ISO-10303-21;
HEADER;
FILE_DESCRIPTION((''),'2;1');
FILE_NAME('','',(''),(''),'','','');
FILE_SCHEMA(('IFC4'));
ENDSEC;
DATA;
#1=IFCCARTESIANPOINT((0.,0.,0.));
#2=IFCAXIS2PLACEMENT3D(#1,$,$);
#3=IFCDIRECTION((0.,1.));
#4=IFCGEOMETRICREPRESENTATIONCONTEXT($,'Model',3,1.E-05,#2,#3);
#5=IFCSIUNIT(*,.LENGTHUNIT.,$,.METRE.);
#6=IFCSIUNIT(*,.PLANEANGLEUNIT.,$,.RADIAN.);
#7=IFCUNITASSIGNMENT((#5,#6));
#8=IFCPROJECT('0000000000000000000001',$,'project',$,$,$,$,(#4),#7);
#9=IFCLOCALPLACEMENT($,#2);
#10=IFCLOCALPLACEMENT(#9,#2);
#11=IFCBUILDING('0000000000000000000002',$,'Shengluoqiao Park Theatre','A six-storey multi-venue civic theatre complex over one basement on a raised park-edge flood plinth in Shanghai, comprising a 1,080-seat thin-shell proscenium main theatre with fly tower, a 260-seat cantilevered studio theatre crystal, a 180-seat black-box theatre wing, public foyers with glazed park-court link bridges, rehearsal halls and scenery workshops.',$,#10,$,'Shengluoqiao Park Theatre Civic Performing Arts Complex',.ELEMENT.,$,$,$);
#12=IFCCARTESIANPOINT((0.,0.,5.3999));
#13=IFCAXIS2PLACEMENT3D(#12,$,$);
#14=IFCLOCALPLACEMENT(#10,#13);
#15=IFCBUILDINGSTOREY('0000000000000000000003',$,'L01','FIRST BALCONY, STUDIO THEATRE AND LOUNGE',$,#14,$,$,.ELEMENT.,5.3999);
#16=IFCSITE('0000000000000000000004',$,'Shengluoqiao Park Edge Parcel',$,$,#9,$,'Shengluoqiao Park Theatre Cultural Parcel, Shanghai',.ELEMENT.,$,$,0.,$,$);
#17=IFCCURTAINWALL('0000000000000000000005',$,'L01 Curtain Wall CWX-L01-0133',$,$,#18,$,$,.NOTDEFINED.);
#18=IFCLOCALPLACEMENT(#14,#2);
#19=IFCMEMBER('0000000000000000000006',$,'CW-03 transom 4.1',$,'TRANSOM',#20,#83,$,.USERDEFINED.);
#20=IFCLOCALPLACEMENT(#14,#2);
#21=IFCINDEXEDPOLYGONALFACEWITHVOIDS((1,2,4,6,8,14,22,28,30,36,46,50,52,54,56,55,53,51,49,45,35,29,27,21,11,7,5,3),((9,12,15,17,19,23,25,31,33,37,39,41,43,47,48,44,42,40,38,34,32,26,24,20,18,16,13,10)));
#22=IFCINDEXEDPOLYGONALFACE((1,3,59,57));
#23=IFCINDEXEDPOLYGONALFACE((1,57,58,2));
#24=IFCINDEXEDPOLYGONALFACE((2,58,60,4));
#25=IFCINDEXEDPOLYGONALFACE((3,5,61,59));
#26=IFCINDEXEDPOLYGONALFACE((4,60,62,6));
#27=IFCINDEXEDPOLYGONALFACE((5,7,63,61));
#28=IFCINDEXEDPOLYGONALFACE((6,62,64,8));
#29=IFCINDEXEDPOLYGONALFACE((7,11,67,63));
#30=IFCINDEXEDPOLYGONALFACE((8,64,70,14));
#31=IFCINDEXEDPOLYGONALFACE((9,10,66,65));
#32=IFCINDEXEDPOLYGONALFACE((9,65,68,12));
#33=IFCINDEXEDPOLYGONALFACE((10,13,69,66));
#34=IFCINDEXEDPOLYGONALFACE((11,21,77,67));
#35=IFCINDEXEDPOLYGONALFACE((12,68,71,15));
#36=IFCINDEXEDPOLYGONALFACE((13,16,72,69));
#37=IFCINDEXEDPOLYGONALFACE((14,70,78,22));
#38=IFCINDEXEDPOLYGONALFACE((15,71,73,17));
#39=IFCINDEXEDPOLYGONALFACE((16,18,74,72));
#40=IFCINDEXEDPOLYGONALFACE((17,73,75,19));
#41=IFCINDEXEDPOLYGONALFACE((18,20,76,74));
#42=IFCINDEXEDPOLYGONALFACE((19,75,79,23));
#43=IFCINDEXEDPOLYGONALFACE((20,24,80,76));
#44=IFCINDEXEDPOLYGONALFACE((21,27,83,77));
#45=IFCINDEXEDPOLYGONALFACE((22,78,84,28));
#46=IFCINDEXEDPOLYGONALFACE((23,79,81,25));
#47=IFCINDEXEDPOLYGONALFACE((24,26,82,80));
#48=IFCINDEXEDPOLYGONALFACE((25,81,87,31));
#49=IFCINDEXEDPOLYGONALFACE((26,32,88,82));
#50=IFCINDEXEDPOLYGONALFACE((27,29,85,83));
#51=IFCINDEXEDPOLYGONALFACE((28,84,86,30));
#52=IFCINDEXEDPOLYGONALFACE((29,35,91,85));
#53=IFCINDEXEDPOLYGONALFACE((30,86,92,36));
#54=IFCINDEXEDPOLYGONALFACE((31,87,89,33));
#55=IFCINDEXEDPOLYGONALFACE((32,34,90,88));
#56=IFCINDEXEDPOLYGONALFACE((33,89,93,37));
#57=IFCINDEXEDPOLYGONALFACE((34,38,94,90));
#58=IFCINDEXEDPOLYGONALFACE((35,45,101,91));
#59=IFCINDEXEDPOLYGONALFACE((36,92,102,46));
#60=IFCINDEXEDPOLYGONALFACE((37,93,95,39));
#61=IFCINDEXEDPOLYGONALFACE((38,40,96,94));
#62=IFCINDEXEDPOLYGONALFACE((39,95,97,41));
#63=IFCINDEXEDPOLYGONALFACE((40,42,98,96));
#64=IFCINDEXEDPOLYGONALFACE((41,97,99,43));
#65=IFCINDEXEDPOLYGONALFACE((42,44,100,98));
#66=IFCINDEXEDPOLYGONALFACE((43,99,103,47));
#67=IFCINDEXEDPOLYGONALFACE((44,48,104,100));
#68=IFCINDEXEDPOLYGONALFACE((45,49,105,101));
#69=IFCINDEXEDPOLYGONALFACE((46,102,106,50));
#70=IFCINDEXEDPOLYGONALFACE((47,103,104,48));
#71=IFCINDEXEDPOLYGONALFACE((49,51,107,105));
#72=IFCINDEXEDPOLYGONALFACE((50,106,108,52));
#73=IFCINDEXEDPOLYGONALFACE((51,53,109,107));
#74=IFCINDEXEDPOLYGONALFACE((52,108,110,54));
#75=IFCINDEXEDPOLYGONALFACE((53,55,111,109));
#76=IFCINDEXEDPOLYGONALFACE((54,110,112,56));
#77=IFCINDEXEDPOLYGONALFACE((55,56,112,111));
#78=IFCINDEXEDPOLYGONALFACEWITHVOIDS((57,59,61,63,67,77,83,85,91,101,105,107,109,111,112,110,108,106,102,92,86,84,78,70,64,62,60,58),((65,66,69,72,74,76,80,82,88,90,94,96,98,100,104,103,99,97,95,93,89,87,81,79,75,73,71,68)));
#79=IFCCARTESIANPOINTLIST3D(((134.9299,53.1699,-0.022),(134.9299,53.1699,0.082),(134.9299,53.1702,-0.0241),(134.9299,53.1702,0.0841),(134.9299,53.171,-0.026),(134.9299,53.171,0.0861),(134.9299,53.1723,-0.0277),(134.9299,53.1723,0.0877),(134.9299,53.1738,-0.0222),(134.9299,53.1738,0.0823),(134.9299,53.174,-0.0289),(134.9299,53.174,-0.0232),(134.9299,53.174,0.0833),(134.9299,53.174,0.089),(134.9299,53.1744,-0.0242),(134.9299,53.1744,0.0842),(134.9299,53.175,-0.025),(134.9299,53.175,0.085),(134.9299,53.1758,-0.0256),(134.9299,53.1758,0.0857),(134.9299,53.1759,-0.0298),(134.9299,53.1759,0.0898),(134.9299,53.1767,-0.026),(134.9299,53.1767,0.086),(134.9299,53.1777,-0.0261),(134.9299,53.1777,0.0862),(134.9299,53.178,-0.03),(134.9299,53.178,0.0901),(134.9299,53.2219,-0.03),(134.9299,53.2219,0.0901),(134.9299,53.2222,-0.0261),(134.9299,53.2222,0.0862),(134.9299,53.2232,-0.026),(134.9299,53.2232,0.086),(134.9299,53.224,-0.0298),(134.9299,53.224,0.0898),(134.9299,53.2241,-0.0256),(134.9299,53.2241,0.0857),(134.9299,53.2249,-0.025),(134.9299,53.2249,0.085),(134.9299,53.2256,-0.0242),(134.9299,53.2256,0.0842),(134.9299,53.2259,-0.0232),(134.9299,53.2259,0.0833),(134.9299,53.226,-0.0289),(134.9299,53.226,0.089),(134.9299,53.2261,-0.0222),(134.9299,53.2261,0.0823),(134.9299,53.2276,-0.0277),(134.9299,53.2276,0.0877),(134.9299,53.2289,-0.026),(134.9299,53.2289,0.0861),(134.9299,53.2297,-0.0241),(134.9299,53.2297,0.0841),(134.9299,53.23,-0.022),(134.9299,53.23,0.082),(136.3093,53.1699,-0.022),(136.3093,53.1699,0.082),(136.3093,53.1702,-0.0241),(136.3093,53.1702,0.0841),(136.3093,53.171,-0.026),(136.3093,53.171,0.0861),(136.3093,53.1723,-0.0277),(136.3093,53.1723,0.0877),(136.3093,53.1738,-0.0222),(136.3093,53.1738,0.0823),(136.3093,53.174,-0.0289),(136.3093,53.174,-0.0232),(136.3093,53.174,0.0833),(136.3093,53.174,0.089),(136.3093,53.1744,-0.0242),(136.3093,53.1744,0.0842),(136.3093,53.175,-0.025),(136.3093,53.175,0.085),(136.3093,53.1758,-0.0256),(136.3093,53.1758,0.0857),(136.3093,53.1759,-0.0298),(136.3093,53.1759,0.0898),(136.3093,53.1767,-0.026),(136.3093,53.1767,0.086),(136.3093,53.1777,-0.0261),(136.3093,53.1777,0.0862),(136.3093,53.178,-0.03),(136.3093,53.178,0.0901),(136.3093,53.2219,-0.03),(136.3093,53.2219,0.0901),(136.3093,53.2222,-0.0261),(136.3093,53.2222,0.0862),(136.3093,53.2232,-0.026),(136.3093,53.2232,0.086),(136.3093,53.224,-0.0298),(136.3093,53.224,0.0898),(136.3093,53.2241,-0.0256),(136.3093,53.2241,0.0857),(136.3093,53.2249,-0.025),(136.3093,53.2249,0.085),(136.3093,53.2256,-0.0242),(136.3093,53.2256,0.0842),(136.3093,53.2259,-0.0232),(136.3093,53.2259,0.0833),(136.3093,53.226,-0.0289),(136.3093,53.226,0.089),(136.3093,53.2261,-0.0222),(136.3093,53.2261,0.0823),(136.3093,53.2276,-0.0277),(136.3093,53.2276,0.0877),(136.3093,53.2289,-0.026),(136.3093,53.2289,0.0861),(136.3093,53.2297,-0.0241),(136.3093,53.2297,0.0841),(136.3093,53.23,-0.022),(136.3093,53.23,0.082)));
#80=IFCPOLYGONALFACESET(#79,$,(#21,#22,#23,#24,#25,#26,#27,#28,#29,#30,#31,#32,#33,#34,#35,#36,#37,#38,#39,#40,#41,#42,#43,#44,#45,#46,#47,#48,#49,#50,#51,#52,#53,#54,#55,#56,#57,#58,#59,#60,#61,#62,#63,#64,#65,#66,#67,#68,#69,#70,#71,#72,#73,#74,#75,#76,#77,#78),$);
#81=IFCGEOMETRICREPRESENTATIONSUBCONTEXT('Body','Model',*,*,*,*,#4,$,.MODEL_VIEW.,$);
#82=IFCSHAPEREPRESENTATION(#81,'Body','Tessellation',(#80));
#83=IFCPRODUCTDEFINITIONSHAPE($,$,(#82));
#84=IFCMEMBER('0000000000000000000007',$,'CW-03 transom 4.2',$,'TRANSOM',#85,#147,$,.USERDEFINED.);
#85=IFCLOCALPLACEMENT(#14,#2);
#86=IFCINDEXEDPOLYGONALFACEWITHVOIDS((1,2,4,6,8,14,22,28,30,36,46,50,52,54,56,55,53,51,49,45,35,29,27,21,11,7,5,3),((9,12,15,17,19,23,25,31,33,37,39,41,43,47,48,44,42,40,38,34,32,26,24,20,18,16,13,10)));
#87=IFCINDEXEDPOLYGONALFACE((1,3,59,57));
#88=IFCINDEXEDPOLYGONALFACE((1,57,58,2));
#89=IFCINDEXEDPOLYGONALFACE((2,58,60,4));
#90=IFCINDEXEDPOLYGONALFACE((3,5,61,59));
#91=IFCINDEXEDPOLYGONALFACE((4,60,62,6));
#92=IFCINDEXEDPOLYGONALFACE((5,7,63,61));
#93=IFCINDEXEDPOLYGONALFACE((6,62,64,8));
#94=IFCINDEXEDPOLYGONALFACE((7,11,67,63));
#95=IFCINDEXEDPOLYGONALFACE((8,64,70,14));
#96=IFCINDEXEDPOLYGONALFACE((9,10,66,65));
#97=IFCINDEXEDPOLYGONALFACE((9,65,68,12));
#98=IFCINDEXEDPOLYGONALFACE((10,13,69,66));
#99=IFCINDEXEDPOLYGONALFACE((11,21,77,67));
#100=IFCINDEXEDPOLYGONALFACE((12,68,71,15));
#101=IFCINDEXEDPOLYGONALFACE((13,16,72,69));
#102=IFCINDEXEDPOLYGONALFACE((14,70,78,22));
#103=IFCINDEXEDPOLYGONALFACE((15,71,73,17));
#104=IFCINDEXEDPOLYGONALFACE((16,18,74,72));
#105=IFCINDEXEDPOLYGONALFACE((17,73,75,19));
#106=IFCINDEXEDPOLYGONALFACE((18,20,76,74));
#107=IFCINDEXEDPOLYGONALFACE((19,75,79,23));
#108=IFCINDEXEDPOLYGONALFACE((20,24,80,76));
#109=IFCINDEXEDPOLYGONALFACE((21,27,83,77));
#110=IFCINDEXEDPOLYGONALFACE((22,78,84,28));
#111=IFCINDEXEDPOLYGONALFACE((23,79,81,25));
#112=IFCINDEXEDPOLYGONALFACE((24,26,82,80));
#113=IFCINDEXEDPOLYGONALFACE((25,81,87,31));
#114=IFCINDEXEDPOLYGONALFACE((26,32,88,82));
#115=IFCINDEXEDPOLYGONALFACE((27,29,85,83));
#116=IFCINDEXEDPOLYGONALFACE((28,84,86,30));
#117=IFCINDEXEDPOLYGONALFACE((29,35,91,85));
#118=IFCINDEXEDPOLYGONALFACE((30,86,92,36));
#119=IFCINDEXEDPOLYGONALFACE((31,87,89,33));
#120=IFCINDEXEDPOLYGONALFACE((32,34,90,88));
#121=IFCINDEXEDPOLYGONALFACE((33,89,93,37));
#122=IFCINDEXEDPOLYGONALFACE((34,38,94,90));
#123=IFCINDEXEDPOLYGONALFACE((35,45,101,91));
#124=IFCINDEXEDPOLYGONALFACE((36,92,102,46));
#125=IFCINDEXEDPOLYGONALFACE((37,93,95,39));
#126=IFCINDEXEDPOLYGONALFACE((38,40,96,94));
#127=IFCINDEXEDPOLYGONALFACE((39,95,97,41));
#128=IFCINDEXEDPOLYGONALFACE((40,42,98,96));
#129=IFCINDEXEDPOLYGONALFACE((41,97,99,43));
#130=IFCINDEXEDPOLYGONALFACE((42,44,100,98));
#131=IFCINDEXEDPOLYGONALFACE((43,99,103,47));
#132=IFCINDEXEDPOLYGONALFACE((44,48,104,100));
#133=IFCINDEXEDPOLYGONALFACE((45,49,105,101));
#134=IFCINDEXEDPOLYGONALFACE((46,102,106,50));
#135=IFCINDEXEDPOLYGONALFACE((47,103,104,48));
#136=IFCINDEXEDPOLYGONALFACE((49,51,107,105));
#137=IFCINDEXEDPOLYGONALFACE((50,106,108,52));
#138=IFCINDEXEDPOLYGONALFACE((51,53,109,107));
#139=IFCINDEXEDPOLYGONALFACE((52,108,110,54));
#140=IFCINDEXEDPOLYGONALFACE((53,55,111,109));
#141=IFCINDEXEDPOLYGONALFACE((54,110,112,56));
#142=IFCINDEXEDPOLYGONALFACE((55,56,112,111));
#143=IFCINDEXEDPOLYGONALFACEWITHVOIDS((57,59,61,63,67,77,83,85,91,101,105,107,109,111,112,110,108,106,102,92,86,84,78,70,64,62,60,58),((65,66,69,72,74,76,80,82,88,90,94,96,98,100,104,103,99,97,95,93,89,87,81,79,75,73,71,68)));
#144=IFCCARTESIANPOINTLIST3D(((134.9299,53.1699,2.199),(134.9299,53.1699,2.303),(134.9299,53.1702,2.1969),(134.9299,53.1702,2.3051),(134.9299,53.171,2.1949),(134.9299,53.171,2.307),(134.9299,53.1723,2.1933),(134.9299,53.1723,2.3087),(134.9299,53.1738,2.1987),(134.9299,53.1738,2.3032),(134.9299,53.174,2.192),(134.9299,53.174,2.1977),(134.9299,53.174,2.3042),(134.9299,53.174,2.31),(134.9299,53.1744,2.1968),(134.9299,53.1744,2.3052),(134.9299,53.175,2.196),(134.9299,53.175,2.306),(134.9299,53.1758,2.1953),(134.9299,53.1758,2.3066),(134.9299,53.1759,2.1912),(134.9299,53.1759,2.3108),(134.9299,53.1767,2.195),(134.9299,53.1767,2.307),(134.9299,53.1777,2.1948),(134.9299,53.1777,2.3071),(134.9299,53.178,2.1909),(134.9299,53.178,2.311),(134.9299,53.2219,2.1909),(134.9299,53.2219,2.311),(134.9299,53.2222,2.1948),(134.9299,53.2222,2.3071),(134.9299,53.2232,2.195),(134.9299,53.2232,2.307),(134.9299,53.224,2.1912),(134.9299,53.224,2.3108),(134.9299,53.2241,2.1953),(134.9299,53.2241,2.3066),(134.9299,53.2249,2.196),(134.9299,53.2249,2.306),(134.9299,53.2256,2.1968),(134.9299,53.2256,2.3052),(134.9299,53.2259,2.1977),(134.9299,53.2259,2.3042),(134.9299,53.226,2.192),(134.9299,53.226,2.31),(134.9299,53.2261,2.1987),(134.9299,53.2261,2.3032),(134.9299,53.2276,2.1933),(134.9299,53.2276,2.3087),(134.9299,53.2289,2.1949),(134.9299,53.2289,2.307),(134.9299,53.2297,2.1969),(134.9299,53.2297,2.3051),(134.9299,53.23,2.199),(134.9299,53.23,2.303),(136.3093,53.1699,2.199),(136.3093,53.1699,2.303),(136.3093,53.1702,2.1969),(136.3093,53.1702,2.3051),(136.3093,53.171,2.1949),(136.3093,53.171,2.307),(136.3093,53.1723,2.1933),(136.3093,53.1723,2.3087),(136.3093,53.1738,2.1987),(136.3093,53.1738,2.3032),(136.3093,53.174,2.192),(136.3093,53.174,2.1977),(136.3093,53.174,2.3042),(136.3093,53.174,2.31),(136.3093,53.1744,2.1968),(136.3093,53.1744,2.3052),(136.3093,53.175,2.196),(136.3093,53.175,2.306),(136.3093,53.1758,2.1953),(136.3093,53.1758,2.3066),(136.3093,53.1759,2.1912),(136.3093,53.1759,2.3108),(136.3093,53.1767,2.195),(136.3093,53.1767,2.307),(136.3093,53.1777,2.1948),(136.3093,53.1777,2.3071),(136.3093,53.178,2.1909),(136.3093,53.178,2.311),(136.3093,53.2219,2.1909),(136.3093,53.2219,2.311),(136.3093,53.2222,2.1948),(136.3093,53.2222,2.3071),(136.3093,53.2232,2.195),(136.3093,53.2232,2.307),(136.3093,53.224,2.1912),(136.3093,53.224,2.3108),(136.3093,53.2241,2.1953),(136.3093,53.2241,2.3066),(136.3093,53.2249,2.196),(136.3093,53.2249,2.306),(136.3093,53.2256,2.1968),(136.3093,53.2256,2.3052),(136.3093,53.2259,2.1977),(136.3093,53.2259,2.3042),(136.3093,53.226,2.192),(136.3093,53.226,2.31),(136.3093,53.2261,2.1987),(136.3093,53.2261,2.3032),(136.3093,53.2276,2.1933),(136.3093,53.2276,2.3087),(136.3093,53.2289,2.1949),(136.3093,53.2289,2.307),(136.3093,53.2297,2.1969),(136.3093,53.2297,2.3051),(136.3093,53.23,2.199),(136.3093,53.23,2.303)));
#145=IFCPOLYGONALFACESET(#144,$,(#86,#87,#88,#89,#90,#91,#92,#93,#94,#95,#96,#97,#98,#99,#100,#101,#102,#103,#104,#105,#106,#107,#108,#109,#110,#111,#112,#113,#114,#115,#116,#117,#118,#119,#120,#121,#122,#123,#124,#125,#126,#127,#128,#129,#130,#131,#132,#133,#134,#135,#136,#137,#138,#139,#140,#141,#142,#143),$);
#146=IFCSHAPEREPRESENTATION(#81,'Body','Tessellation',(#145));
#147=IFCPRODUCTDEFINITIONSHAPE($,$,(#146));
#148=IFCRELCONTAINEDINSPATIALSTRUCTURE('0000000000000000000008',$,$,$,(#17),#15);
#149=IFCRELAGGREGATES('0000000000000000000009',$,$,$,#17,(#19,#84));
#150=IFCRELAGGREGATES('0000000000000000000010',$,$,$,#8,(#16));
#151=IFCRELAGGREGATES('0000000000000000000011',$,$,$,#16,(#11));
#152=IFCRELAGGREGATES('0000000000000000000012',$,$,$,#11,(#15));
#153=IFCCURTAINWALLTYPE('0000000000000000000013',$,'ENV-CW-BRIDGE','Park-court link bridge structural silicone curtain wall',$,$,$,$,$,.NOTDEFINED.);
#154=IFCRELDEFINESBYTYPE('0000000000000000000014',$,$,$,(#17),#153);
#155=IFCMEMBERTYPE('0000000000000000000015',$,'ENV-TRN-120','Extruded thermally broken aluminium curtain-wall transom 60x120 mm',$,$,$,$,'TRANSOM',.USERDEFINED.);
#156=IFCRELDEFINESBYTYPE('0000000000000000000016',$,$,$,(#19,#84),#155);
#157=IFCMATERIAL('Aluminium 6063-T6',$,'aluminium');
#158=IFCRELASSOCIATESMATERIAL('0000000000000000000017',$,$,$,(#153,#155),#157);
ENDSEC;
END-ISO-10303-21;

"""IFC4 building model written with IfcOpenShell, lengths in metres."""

from ifc_helpers import new_model, si_unit, direction, frame, origin, origin_2d, place, context, subcontext, project, spatial, hollow_rectangle, extrude, material, material_profile, profile_set, type_object, element, aggregate, save


model = new_model("IFC4")

# Units and contexts
model_context = context("Model", 3, precision=1e-05, world=origin(), true_north=direction((0.0, 1.0)))
body_context = subcontext(model_context, "Body", "Model", "MODEL_VIEW")
ifc_project = project(units=[si_unit("LENGTHUNIT", "METRE"), si_unit("PLANEANGLEUNIT", "RADIAN")], contexts=[model_context])

# Site, building, storey
site_placement = place(None, origin())
site = spatial("IfcSite", under=ifc_project, at=site_placement, Name="Shengluoqiao Park Edge Parcel", LongName="Shengluoqiao Park Theatre Cultural Parcel, Shanghai", CompositionType="ELEMENT", RefElevation=0.0)
building_placement = place(site_placement, origin())
building = spatial("IfcBuilding", under=site, at=building_placement, Name="Shengluoqiao Park Theatre", Description="A six-storey multi-venue civic theatre complex over one basement on a raised park-edge flood plinth in Shanghai, comprising a 1,080-seat thin-shell proscenium main theatre with fly tower, a 260-seat cantilevered studio theatre crystal, a 180-seat black-box theatre wing, public foyers with glazed park-court link bridges, rehearsal halls and scenery workshops.", LongName="Shengluoqiao Park Theatre Civic Performing Arts Complex", CompositionType="ELEMENT")
storey_placement = place(building_placement, frame((0.0, 0.0, 5.3999)))
storey = spatial("IfcBuildingStorey", under=building, at=storey_placement, Name="L01", Description="FIRST BALCONY, STUDIO THEATRE AND LOUNGE", CompositionType="ELEMENT", Elevation=5.3999)

# Shared definitions
ifc_material_1 = material(Name="Aluminium 6063-T6", Category="aluminium")
curtain_wall_type = type_object("IfcCurtainWallType", Name="ENV-CW-BRIDGE", Description="Park-court link bridge structural silicone curtain wall", PredefinedType="NOTDEFINED", material=ifc_material_1)

# Curtain wall, members
curtain_wall_1_placement = place(storey_placement, origin())
curtain_wall_1 = element("IfcCurtainWall", 1, at=curtain_wall_1_placement, inside=storey, type_object=curtain_wall_type, Name="L01 Curtain Wall CWX-L01-0133", PredefinedType="NOTDEFINED")
ifc_material_profile_1 = material_profile(ifc_material_1, hollow_rectangle(XDim=0.0601, YDim=0.1201, WallThickness=0.0039, InnerFilletRadius=0.0039, OuterFilletRadius=0.0081, at=origin_2d()), Name="ALU TRANSOM 120x60x4")
ifc_profile_set_1 = profile_set([ifc_material_profile_1], Name="Aluminium 6063-T6")
member_type_1 = type_object("IfcMemberType", Name="ENV-TRN-120", Description="Extruded thermally broken aluminium curtain-wall transom 60x120 mm", ElementType="TRANSOM", PredefinedType="USERDEFINED", material=ifc_profile_set_1)
member_1_placement = place(storey_placement, frame((134.9299, 53.2, 0.03), z_axis=(1.0, 0.0, 0.0), x_axis=(0.0, 1.0, 0.0)))
member_1 = element("IfcMember", 2, at=member_1_placement, type_object=member_type_1, Name="CW-03 transom 4.1", ObjectType="TRANSOM", PredefinedType="USERDEFINED", context=body_context, shape_type="SweptSolid", body=[
    extrude(hollow_rectangle(XDim=0.0601, YDim=0.1201, WallThickness=0.0039, InnerFilletRadius=0.0039, OuterFilletRadius=0.0081, at=origin_2d()), origin(), (0.0, 0.0, 1.0), 1.3794),
])
member_2_placement = place(storey_placement, frame((134.9299, 53.2, 2.251), z_axis=(1.0, 0.0, 0.0), x_axis=(0.0, 1.0, 0.0)))
member_2 = element("IfcMember", 3, at=member_2_placement, type_object=member_type_1, Name="CW-03 transom 4.2", ObjectType="TRANSOM", PredefinedType="USERDEFINED", context=body_context, shape_type="SweptSolid", body=[
    extrude(hollow_rectangle(XDim=0.0601, YDim=0.1201, WallThickness=0.0039, InnerFilletRadius=0.0039, OuterFilletRadius=0.0081, at=origin_2d()), origin(), (0.0, 0.0, 1.0), 1.3794),
])

aggregate(curtain_wall_1, [member_1, member_2])

save(model, "model.ifc")
